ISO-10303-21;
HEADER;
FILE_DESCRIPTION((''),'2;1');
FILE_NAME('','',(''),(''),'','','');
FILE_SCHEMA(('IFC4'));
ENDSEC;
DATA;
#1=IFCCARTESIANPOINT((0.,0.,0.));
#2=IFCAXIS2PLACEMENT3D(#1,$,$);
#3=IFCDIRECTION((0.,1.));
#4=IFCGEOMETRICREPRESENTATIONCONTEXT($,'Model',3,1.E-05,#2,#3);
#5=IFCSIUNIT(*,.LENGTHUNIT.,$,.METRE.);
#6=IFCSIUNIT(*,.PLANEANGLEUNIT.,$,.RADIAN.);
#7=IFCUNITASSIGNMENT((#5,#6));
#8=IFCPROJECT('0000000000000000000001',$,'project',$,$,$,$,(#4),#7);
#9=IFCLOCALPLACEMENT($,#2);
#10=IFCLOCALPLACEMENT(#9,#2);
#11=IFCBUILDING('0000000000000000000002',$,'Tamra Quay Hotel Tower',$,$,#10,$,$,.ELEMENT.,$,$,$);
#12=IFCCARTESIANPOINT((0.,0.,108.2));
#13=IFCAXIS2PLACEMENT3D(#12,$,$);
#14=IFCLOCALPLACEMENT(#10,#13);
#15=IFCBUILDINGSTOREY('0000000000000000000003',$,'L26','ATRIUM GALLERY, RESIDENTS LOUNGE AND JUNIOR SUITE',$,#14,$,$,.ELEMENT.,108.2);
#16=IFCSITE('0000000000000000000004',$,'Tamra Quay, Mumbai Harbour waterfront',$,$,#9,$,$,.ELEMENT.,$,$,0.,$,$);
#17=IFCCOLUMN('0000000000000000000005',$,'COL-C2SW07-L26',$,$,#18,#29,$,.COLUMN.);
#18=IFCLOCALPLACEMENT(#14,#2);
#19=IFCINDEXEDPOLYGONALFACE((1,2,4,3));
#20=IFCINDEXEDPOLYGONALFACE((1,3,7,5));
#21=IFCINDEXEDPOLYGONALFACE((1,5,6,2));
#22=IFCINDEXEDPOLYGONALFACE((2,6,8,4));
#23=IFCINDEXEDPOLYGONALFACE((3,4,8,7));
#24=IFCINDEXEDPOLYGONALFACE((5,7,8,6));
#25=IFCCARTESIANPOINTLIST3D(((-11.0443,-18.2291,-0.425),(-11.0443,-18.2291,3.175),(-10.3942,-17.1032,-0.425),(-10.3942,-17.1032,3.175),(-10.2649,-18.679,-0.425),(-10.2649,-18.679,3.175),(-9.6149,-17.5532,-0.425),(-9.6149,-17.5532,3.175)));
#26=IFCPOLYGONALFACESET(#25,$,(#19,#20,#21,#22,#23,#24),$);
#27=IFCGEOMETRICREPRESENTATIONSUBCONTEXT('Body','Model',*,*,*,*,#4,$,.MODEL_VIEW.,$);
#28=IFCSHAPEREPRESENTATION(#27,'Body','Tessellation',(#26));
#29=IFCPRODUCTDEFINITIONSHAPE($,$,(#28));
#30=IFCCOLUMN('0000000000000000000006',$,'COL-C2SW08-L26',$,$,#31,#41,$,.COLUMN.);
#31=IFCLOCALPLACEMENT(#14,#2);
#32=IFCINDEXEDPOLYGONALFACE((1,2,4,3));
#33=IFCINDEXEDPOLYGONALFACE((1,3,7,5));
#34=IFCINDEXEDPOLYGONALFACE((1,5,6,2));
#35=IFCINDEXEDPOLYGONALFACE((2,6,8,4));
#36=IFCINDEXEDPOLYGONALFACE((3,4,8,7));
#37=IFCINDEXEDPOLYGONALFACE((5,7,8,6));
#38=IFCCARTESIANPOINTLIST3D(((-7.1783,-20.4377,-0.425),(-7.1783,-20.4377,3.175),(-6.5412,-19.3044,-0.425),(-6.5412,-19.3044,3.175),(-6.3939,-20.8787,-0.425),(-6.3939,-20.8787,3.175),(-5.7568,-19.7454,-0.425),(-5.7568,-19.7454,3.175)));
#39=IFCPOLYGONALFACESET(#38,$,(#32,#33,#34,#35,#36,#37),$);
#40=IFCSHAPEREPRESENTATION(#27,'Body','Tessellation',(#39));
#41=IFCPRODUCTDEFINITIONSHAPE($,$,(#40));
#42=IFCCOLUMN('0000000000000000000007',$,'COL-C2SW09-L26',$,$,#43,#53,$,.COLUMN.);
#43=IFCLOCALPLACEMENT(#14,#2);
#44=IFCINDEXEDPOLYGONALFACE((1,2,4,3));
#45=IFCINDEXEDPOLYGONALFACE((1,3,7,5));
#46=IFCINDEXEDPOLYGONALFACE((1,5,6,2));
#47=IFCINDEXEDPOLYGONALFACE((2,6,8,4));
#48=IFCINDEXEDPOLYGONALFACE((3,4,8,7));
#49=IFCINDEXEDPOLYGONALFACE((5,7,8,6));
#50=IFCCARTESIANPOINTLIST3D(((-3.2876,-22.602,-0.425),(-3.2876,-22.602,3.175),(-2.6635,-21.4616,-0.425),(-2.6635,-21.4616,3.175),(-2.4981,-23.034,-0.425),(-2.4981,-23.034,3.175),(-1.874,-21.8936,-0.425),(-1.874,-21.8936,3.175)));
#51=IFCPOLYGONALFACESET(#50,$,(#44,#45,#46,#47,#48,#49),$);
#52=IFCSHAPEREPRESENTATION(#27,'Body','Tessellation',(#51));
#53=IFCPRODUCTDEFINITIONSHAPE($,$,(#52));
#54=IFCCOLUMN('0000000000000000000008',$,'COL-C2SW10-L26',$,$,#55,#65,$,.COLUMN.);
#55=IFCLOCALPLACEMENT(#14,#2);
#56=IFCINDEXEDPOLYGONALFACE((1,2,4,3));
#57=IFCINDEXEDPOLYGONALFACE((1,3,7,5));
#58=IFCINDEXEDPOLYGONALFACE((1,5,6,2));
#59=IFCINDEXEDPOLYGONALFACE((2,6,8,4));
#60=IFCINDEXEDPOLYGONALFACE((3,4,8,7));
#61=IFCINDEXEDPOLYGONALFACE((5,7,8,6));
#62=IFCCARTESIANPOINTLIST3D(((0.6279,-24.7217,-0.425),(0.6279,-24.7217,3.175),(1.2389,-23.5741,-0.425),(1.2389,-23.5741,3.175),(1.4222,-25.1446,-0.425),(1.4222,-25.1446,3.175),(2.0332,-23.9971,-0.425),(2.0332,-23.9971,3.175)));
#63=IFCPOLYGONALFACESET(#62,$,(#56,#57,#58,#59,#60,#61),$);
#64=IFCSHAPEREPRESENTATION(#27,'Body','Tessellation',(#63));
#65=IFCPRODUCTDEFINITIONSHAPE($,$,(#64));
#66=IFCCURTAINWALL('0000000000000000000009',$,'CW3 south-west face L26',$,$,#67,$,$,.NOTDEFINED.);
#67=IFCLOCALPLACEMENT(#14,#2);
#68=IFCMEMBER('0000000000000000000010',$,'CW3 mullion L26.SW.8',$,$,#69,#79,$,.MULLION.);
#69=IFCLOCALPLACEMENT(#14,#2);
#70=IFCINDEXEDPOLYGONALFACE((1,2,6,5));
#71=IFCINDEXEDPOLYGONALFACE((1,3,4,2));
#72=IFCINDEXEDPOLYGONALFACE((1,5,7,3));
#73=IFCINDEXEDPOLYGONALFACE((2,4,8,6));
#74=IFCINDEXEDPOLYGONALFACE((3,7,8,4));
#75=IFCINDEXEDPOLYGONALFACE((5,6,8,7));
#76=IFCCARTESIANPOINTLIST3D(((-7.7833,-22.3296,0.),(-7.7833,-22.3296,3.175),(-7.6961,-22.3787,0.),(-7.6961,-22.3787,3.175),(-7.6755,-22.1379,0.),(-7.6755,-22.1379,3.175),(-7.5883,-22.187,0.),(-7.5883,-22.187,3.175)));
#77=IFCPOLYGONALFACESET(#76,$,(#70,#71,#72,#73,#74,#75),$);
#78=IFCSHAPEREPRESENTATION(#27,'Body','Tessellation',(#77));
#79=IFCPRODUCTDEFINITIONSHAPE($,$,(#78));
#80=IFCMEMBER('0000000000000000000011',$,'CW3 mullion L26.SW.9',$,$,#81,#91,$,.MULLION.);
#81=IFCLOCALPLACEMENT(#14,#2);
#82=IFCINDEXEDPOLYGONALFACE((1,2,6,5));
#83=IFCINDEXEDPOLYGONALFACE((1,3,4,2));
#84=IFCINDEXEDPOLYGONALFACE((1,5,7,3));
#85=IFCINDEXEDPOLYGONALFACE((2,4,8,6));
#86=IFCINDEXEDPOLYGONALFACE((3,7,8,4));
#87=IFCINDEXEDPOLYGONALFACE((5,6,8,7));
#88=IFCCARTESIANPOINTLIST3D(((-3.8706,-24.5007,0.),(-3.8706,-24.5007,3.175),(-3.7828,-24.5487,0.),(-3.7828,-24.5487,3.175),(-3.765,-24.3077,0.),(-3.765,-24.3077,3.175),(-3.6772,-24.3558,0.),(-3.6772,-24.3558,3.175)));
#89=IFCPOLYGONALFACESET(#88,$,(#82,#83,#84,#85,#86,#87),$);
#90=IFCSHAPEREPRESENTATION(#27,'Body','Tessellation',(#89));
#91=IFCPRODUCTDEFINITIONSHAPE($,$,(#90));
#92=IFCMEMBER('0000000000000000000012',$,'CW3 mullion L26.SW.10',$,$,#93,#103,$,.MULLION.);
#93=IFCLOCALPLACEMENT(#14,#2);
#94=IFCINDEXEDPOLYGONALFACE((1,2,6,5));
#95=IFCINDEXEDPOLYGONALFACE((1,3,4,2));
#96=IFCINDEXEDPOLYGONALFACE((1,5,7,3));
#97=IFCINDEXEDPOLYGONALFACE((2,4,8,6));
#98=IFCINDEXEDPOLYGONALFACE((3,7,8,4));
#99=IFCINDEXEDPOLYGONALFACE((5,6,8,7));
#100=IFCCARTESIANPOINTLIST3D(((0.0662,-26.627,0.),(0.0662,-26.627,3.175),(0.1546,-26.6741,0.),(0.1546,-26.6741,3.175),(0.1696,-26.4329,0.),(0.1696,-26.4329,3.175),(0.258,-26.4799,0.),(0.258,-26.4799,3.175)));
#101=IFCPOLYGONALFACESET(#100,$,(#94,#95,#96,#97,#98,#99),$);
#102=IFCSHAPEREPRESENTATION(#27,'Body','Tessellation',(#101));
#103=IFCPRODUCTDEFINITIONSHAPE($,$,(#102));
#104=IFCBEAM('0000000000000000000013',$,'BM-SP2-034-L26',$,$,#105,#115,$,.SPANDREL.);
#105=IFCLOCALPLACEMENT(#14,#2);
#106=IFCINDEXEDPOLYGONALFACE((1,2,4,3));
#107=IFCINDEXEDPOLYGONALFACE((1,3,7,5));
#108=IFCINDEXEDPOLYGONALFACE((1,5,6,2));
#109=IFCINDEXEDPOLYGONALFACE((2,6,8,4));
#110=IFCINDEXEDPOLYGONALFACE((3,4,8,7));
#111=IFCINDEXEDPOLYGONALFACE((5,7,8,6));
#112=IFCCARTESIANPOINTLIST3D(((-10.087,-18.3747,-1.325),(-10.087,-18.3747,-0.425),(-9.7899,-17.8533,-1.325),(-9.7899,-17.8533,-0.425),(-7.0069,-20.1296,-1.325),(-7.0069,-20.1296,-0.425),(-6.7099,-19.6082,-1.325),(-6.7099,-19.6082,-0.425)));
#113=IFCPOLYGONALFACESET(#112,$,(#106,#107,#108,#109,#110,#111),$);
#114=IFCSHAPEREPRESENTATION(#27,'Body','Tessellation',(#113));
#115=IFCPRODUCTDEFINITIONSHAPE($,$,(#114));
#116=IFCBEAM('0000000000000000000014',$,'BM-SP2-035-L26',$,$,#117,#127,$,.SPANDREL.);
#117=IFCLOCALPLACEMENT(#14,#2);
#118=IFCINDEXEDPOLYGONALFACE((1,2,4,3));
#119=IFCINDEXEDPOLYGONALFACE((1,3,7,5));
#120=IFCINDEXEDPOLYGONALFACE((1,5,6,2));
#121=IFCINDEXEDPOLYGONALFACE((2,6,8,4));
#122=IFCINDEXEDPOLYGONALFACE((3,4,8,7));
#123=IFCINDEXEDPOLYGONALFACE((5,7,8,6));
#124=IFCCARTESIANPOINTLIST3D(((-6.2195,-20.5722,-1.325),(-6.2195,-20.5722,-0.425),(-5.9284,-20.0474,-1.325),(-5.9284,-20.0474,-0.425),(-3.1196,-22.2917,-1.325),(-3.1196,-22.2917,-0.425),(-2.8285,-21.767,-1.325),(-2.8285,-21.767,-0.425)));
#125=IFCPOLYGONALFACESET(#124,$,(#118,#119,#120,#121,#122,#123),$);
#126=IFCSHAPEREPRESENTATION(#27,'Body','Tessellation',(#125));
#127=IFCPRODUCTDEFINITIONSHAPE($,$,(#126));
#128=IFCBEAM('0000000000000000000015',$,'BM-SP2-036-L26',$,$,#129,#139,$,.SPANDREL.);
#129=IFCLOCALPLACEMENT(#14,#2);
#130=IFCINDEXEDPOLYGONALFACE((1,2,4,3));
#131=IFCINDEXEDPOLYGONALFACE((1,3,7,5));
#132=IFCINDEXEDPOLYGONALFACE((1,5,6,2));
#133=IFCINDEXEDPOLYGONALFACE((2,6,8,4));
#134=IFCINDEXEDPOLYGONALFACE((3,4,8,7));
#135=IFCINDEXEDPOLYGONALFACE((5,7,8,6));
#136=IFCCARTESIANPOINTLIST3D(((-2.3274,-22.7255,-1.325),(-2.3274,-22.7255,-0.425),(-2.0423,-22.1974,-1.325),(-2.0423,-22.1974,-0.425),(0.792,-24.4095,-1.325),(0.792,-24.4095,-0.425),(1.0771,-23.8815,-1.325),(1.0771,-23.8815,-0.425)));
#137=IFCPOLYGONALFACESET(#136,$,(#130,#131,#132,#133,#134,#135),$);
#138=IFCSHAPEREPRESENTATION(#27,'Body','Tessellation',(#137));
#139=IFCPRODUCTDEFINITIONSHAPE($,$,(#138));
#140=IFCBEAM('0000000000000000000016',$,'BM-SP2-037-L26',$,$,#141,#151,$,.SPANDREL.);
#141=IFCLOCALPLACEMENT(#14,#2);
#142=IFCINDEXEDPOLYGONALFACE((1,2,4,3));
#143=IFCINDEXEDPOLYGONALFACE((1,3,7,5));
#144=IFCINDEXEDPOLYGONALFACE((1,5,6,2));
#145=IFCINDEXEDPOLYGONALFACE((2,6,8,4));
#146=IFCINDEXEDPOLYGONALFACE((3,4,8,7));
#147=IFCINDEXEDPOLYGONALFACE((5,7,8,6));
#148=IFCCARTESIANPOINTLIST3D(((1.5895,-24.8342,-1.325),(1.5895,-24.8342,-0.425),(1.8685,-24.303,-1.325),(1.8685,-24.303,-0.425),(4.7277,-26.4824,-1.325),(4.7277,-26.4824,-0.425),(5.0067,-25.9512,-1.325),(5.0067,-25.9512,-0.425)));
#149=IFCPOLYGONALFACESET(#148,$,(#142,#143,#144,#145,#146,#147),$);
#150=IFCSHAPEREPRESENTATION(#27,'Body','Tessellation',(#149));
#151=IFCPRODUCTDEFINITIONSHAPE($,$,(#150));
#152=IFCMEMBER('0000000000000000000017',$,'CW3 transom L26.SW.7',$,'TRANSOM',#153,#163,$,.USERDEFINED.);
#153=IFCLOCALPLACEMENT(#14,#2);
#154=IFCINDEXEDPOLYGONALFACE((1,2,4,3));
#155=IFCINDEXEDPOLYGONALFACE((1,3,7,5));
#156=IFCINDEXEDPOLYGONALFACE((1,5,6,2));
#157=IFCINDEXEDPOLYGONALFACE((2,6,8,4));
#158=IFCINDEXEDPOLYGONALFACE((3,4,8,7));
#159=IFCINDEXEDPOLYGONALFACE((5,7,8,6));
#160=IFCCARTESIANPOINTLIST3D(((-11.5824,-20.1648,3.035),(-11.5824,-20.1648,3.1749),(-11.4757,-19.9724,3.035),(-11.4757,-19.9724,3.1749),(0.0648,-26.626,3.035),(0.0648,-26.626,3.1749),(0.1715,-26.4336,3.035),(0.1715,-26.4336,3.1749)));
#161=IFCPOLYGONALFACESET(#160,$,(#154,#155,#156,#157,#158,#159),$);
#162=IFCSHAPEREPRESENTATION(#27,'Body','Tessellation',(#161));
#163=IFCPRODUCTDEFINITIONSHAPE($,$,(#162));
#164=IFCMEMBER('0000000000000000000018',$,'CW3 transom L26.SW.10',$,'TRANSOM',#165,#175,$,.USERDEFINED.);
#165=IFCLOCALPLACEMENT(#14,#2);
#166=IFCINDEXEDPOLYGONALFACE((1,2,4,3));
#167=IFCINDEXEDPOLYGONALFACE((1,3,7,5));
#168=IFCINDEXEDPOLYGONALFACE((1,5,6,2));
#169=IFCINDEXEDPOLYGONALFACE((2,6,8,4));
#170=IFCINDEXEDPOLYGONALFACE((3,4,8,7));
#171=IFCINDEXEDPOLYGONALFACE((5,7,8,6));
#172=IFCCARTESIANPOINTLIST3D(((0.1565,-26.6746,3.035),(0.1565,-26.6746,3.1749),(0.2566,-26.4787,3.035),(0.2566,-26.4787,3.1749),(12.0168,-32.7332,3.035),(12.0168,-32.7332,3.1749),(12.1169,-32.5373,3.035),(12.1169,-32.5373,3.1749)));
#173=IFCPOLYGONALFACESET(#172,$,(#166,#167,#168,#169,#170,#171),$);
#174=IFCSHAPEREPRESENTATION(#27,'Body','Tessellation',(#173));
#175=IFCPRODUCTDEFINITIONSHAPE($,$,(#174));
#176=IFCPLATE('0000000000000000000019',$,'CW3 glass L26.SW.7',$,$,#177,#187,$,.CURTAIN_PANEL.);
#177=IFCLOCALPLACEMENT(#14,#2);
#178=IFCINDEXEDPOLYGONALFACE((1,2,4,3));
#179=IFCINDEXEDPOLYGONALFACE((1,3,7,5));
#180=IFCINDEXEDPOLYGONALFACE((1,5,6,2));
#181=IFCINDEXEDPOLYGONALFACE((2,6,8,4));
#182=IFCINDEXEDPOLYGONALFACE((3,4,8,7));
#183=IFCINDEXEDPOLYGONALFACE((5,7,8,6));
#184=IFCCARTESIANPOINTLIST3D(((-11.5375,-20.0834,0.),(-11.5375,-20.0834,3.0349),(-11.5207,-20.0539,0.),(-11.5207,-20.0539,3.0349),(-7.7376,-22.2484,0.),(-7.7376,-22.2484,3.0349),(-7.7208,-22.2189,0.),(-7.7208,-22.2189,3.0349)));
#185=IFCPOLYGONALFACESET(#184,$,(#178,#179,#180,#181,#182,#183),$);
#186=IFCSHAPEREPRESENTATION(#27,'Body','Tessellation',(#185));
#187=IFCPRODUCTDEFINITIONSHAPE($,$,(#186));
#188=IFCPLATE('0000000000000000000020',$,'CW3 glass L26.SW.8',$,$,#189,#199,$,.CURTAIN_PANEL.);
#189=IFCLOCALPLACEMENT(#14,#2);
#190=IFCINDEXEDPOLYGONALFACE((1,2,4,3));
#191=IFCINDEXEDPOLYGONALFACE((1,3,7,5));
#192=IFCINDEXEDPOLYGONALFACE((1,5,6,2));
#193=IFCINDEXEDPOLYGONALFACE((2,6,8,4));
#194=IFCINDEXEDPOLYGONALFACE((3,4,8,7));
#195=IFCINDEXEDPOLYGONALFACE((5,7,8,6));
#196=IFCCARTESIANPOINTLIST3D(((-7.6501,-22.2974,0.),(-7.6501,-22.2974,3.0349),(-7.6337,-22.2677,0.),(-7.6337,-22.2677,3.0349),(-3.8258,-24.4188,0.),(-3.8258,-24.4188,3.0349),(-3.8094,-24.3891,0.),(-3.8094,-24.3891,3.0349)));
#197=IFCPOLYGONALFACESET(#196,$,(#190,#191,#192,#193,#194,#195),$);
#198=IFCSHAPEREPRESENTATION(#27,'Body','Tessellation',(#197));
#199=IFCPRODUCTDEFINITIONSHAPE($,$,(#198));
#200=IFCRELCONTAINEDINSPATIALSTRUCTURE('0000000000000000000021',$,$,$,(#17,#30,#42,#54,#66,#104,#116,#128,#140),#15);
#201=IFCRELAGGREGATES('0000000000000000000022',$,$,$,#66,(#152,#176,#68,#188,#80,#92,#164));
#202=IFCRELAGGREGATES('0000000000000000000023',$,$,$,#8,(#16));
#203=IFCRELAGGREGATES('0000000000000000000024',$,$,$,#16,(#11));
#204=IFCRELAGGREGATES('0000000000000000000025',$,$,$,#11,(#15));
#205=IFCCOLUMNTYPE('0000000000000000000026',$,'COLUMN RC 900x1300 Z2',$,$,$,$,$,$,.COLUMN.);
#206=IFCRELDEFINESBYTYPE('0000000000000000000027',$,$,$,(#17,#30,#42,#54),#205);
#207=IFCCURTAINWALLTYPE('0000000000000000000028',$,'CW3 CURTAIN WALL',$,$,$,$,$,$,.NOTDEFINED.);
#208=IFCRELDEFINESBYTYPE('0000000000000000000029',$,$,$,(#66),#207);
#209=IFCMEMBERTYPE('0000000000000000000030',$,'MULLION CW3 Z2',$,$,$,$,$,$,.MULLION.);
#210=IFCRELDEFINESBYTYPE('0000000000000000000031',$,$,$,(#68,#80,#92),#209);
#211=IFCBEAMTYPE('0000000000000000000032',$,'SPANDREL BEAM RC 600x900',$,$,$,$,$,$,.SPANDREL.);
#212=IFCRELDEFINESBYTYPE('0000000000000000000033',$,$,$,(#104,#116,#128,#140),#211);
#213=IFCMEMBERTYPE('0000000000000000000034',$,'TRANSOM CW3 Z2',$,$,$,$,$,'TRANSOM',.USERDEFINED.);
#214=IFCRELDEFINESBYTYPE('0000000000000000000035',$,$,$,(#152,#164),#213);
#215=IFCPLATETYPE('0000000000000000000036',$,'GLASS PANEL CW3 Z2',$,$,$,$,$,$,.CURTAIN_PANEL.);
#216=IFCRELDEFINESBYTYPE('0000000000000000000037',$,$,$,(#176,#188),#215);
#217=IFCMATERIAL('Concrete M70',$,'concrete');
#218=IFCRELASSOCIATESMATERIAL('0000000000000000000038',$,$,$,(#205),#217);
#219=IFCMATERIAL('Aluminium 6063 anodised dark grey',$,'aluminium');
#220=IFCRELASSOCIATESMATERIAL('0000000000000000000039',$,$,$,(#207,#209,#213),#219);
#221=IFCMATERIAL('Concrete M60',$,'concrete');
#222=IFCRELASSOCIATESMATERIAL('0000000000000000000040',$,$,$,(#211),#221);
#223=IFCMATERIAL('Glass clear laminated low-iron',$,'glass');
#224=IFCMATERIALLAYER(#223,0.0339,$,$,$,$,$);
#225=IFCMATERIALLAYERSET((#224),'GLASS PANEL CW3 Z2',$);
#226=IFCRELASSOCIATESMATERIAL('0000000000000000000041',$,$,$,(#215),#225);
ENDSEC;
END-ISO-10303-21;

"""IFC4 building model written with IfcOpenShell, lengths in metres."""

from ifc_helpers import new_model, si_unit, direction, frame, origin, origin_2d, place, context, subcontext, project, spatial, rectangle, extrude, material, layer, layer_set, material_profile, profile_set, type_object, element, aggregate, save


model = new_model("IFC4")

# Units and contexts
model_context = context("Model", 3, precision=1e-05, world=origin(), true_north=direction((0.0, 1.0)))
body_context = subcontext(model_context, "Body", "Model", "MODEL_VIEW")
ifc_project = project(units=[si_unit("LENGTHUNIT", "METRE"), si_unit("PLANEANGLEUNIT", "RADIAN")], contexts=[model_context])

# Site, building, storey
site_placement = place(None, origin())
site = spatial("IfcSite", under=ifc_project, at=site_placement, Name="Tamra Quay, Mumbai Harbour waterfront", CompositionType="ELEMENT", RefElevation=0.0)
building_placement = place(site_placement, origin())
building = spatial("IfcBuilding", under=site, at=building_placement, Name="Tamra Quay Hotel Tower", CompositionType="ELEMENT")
storey_placement = place(building_placement, frame((0.0, 0.0, 108.2)))
storey = spatial("IfcBuildingStorey", under=building, at=storey_placement, Name="L26", Description="ATRIUM GALLERY, RESIDENTS LOUNGE AND JUNIOR SUITE", CompositionType="ELEMENT", Elevation=108.2)

# Columns
ifc_material_1 = material(Name="Concrete M70", Category="concrete")
ifc_material_profile_1 = material_profile(ifc_material_1, rectangle(XDim=1.3, YDim=0.8999, at=origin_2d()), Name="COLUMN RC 900x1300 Z2")
ifc_profile_set_1 = profile_set([ifc_material_profile_1], Name="Concrete M70")
column_type = type_object("IfcColumnType", Name="COLUMN RC 900x1300 Z2", PredefinedType="COLUMN", material=ifc_profile_set_1)
for number, where, z_axis, x_axis, name in (
    (1, (-10.3296, -17.8911, -0.425), (0.0, 0.0, 1.0), (0.5, 0.866025, 0.0), "COL-C2SW07-L26"),
    (2, (-6.4675, -20.0916, -0.425), (0.0, 0.0, 1.0), (0.490061, 0.871688, 0.0), "COL-C2SW08-L26"),
    (3, (-2.5808, -22.2478, -0.425), (0.0, 0.0, 1.0), (0.48006, 0.877236, 0.0), "COL-C2SW09-L26"),
    (4, (1.3306, -24.3594, -0.425), (0.0, 0.0, 1.0), (0.470002, 0.882666, 0.0), "COL-C2SW10-L26"),
):
    element("IfcColumn", number, at=place(storey_placement, frame(where, z_axis=z_axis, x_axis=x_axis)), inside=storey, type_object=column_type, Name=name, PredefinedType="COLUMN", context=body_context, shape_type="SweptSolid", body=[
        extrude(rectangle(XDim=1.3, YDim=0.8999, at=origin_2d()), origin(), (0.0, 0.0, 1.0), 3.6001),
    ])

# Curtain wall, members
ifc_material_2 = material(Name="Aluminium 6063 anodised dark grey", Category="aluminium")
curtain_wall_type = type_object("IfcCurtainWallType", Name="CW3 CURTAIN WALL", PredefinedType="NOTDEFINED", material=ifc_material_2)
curtain_wall_placement = place(storey_placement, origin())
curtain_wall = element("IfcCurtainWall", 5, at=curtain_wall_placement, inside=storey, type_object=curtain_wall_type, Name="CW3 south-west face L26", PredefinedType="NOTDEFINED")
ifc_material_profile_2 = material_profile(ifc_material_2, rectangle(XDim=0.22, YDim=0.1001, at=origin_2d()), Name="MULLION 100X220")
ifc_profile_set_2 = profile_set([ifc_material_profile_2], Name="Aluminium 6063 anodised dark grey")
member_type_1 = type_object("IfcMemberType", Name="MULLION CW3 Z2", PredefinedType="MULLION", material=ifc_profile_set_2)
member_1_placement = place(storey_placement, frame((-7.6858, -22.2583, 0.0), z_axis=(0.0, 0.0, 1.0), x_axis=(-0.490074, -0.871681, 0.0)))
member_1 = element("IfcMember", 6, at=member_1_placement, type_object=member_type_1, Name="CW3 mullion L26.SW.8", PredefinedType="MULLION", context=body_context, shape_type="SweptSolid", body=[
    extrude(rectangle(XDim=0.22, YDim=0.1001, at=origin_2d()), origin(), (0.0, 0.0, 1.0), 3.175),
])
member_2_placement = place(storey_placement, frame((-3.7739, -24.4282, 0.0), z_axis=(0.0, 0.0, 1.0), x_axis=(-0.480089, -0.87722, 0.0)))
member_2 = element("IfcMember", 7, at=member_2_placement, type_object=member_type_1, Name="CW3 mullion L26.SW.9", PredefinedType="MULLION", context=body_context, shape_type="SweptSolid", body=[
    extrude(rectangle(XDim=0.22, YDim=0.1001, at=origin_2d()), origin(), (0.0, 0.0, 1.0), 3.175),
])
member_3_placement = place(storey_placement, frame((0.1621, -26.5535, 0.0), z_axis=(0.0, 0.0, 1.0), x_axis=(-0.470049, -0.88264, 0.0)))
member_3 = element("IfcMember", 8, at=member_3_placement, type_object=member_type_1, Name="CW3 mullion L26.SW.10", PredefinedType="MULLION", context=body_context, shape_type="SweptSolid", body=[
    extrude(rectangle(XDim=0.22, YDim=0.1001, at=origin_2d()), origin(), (0.0, 0.0, 1.0), 3.175),
])

# Beams
ifc_material_3 = material(Name="Concrete M60", Category="concrete")
ifc_material_profile_3 = material_profile(ifc_material_3, rectangle(XDim=0.6001, YDim=0.8999, at=origin_2d()), Name="SPANDREL BEAM RC 600x900")
ifc_profile_set_3 = profile_set([ifc_material_profile_3], Name="Concrete M60")
beam_type = type_object("IfcBeamType", Name="SPANDREL BEAM RC 600x900", PredefinedType="SPANDREL", material=ifc_profile_set_3)
for number, where, z_axis, x_axis, name in (
    (9, (-9.9385, -18.114, -0.875), (0.86887, -0.495041, 0.0), (0.495041, 0.86887, 0.0), "BM-SP2-034-L26"),
    (10, (-6.074, -20.3098, -0.875), (0.874475, -0.48507, 0.0), (0.48507, 0.874475, 0.0), "BM-SP2-035-L26"),
    (11, (-2.1848, -22.4614, -0.875), (0.879951, -0.475065, 0.0), (0.475065, 0.879951, 0.0), "BM-SP2-036-L26"),
):
    element("IfcBeam", number, at=place(storey_placement, frame(where, z_axis=z_axis, x_axis=x_axis)), inside=storey, type_object=beam_type, Name=name, PredefinedType="SPANDREL", context=body_context, shape_type="SweptSolid", body=[
        extrude(rectangle(XDim=0.6001, YDim=0.8999, at=origin_2d()), origin(), (0.0, 0.0, 1.0), 3.5449),
    ])
beam_placement = place(storey_placement, frame((1.729, -24.5686, -0.875), z_axis=(0.885323, -0.464977, 0.0), x_axis=(0.464977, 0.885323, 0.0)))
element("IfcBeam", 12, at=beam_placement, inside=storey, type_object=beam_type, Name="BM-SP2-037-L26", PredefinedType="SPANDREL", context=body_context, shape_type="SweptSolid", body=[
    extrude(rectangle(XDim=0.6001, YDim=0.8999, at=origin_2d()), origin(), (0.0, 0.0, 1.0), 3.5447),
])

# Members
ifc_material_profile_4 = material_profile(ifc_material_2, rectangle(XDim=0.22, YDim=0.1399, at=origin_2d()), Name="TRANSOM 220X140")
ifc_profile_set_4 = profile_set([ifc_material_profile_4], Name="Aluminium 6063 anodised dark grey")
member_type_2 = type_object("IfcMemberType", Name="TRANSOM CW3 Z2", ElementType="TRANSOM", PredefinedType="USERDEFINED", material=ifc_profile_set_4)
member_4_placement = place(storey_placement, frame((-11.5291, -20.0686, 3.105), z_axis=(0.87446, -0.485098, 0.0), x_axis=(0.485098, 0.87446, 0.0)))
member_4 = element("IfcMember", 13, at=member_4_placement, type_object=member_type_2, Name="CW3 transom L26.SW.7", ObjectType="TRANSOM", PredefinedType="USERDEFINED", context=body_context, shape_type="SweptSolid", body=[
    extrude(rectangle(XDim=0.22, YDim=0.1399, at=origin_2d()), origin(), (0.0, 0.0, 1.0), 13.3193),
])
member_5_placement = place(storey_placement, frame((0.2065, -26.5767, 3.105), z_axis=(0.890537, -0.454911, 0.0), x_axis=(0.454911, 0.890537, 0.0)))
member_5 = element("IfcMember", 14, at=member_5_placement, type_object=member_type_2, Name="CW3 transom L26.SW.10", ObjectType="TRANSOM", PredefinedType="USERDEFINED", context=body_context, shape_type="SweptSolid", body=[
    extrude(rectangle(XDim=0.22, YDim=0.1399, at=origin_2d()), origin(), (0.0, 0.0, 1.0), 13.3181),
])

# Plates
ifc_material_4 = material(Name="Glass clear laminated low-iron", Category="glass")
ifc_layer_1 = layer(ifc_material_4, 0.0339)
ifc_layer_set_1 = layer_set([ifc_layer_1], Name="GLASS PANEL CW3 Z2")
plate_type = type_object("IfcPlateType", Name="GLASS PANEL CW3 Z2", PredefinedType="CURTAIN_PANEL", material=ifc_layer_set_1)
plate_1_placement = place(storey_placement, frame((-9.6292, -21.1511, 0.0), z_axis=(0.0, 0.0, 1.0), x_axis=(0.868868, -0.495045, 0.0)))
plate_1 = element("IfcPlate", 15, at=plate_1_placement, type_object=plate_type, Name="CW3 glass L26.SW.7", PredefinedType="CURTAIN_PANEL", context=body_context, shape_type="SweptSolid", body=[
    extrude(rectangle(XDim=4.3733, YDim=0.0339, at=origin_2d()), origin(), (0.0, 0.0, 1.0), 3.0349),
])
plate_2_placement = place(storey_placement, frame((-5.7297, -23.3433, 0.0), z_axis=(0.0, 0.0, 1.0), x_axis=(0.874465, -0.485088, 0.0)))
plate_2 = element("IfcPlate", 16, at=plate_2_placement, type_object=plate_type, Name="CW3 glass L26.SW.8", PredefinedType="CURTAIN_PANEL", context=body_context, shape_type="SweptSolid", body=[
    extrude(rectangle(XDim=4.3733, YDim=0.0339, at=origin_2d()), origin(), (0.0, 0.0, 1.0), 3.0349),
])
aggregate(curtain_wall, [member_4, plate_1, member_1, plate_2, member_2, member_3, member_5])

save(model, "model.ifc")
